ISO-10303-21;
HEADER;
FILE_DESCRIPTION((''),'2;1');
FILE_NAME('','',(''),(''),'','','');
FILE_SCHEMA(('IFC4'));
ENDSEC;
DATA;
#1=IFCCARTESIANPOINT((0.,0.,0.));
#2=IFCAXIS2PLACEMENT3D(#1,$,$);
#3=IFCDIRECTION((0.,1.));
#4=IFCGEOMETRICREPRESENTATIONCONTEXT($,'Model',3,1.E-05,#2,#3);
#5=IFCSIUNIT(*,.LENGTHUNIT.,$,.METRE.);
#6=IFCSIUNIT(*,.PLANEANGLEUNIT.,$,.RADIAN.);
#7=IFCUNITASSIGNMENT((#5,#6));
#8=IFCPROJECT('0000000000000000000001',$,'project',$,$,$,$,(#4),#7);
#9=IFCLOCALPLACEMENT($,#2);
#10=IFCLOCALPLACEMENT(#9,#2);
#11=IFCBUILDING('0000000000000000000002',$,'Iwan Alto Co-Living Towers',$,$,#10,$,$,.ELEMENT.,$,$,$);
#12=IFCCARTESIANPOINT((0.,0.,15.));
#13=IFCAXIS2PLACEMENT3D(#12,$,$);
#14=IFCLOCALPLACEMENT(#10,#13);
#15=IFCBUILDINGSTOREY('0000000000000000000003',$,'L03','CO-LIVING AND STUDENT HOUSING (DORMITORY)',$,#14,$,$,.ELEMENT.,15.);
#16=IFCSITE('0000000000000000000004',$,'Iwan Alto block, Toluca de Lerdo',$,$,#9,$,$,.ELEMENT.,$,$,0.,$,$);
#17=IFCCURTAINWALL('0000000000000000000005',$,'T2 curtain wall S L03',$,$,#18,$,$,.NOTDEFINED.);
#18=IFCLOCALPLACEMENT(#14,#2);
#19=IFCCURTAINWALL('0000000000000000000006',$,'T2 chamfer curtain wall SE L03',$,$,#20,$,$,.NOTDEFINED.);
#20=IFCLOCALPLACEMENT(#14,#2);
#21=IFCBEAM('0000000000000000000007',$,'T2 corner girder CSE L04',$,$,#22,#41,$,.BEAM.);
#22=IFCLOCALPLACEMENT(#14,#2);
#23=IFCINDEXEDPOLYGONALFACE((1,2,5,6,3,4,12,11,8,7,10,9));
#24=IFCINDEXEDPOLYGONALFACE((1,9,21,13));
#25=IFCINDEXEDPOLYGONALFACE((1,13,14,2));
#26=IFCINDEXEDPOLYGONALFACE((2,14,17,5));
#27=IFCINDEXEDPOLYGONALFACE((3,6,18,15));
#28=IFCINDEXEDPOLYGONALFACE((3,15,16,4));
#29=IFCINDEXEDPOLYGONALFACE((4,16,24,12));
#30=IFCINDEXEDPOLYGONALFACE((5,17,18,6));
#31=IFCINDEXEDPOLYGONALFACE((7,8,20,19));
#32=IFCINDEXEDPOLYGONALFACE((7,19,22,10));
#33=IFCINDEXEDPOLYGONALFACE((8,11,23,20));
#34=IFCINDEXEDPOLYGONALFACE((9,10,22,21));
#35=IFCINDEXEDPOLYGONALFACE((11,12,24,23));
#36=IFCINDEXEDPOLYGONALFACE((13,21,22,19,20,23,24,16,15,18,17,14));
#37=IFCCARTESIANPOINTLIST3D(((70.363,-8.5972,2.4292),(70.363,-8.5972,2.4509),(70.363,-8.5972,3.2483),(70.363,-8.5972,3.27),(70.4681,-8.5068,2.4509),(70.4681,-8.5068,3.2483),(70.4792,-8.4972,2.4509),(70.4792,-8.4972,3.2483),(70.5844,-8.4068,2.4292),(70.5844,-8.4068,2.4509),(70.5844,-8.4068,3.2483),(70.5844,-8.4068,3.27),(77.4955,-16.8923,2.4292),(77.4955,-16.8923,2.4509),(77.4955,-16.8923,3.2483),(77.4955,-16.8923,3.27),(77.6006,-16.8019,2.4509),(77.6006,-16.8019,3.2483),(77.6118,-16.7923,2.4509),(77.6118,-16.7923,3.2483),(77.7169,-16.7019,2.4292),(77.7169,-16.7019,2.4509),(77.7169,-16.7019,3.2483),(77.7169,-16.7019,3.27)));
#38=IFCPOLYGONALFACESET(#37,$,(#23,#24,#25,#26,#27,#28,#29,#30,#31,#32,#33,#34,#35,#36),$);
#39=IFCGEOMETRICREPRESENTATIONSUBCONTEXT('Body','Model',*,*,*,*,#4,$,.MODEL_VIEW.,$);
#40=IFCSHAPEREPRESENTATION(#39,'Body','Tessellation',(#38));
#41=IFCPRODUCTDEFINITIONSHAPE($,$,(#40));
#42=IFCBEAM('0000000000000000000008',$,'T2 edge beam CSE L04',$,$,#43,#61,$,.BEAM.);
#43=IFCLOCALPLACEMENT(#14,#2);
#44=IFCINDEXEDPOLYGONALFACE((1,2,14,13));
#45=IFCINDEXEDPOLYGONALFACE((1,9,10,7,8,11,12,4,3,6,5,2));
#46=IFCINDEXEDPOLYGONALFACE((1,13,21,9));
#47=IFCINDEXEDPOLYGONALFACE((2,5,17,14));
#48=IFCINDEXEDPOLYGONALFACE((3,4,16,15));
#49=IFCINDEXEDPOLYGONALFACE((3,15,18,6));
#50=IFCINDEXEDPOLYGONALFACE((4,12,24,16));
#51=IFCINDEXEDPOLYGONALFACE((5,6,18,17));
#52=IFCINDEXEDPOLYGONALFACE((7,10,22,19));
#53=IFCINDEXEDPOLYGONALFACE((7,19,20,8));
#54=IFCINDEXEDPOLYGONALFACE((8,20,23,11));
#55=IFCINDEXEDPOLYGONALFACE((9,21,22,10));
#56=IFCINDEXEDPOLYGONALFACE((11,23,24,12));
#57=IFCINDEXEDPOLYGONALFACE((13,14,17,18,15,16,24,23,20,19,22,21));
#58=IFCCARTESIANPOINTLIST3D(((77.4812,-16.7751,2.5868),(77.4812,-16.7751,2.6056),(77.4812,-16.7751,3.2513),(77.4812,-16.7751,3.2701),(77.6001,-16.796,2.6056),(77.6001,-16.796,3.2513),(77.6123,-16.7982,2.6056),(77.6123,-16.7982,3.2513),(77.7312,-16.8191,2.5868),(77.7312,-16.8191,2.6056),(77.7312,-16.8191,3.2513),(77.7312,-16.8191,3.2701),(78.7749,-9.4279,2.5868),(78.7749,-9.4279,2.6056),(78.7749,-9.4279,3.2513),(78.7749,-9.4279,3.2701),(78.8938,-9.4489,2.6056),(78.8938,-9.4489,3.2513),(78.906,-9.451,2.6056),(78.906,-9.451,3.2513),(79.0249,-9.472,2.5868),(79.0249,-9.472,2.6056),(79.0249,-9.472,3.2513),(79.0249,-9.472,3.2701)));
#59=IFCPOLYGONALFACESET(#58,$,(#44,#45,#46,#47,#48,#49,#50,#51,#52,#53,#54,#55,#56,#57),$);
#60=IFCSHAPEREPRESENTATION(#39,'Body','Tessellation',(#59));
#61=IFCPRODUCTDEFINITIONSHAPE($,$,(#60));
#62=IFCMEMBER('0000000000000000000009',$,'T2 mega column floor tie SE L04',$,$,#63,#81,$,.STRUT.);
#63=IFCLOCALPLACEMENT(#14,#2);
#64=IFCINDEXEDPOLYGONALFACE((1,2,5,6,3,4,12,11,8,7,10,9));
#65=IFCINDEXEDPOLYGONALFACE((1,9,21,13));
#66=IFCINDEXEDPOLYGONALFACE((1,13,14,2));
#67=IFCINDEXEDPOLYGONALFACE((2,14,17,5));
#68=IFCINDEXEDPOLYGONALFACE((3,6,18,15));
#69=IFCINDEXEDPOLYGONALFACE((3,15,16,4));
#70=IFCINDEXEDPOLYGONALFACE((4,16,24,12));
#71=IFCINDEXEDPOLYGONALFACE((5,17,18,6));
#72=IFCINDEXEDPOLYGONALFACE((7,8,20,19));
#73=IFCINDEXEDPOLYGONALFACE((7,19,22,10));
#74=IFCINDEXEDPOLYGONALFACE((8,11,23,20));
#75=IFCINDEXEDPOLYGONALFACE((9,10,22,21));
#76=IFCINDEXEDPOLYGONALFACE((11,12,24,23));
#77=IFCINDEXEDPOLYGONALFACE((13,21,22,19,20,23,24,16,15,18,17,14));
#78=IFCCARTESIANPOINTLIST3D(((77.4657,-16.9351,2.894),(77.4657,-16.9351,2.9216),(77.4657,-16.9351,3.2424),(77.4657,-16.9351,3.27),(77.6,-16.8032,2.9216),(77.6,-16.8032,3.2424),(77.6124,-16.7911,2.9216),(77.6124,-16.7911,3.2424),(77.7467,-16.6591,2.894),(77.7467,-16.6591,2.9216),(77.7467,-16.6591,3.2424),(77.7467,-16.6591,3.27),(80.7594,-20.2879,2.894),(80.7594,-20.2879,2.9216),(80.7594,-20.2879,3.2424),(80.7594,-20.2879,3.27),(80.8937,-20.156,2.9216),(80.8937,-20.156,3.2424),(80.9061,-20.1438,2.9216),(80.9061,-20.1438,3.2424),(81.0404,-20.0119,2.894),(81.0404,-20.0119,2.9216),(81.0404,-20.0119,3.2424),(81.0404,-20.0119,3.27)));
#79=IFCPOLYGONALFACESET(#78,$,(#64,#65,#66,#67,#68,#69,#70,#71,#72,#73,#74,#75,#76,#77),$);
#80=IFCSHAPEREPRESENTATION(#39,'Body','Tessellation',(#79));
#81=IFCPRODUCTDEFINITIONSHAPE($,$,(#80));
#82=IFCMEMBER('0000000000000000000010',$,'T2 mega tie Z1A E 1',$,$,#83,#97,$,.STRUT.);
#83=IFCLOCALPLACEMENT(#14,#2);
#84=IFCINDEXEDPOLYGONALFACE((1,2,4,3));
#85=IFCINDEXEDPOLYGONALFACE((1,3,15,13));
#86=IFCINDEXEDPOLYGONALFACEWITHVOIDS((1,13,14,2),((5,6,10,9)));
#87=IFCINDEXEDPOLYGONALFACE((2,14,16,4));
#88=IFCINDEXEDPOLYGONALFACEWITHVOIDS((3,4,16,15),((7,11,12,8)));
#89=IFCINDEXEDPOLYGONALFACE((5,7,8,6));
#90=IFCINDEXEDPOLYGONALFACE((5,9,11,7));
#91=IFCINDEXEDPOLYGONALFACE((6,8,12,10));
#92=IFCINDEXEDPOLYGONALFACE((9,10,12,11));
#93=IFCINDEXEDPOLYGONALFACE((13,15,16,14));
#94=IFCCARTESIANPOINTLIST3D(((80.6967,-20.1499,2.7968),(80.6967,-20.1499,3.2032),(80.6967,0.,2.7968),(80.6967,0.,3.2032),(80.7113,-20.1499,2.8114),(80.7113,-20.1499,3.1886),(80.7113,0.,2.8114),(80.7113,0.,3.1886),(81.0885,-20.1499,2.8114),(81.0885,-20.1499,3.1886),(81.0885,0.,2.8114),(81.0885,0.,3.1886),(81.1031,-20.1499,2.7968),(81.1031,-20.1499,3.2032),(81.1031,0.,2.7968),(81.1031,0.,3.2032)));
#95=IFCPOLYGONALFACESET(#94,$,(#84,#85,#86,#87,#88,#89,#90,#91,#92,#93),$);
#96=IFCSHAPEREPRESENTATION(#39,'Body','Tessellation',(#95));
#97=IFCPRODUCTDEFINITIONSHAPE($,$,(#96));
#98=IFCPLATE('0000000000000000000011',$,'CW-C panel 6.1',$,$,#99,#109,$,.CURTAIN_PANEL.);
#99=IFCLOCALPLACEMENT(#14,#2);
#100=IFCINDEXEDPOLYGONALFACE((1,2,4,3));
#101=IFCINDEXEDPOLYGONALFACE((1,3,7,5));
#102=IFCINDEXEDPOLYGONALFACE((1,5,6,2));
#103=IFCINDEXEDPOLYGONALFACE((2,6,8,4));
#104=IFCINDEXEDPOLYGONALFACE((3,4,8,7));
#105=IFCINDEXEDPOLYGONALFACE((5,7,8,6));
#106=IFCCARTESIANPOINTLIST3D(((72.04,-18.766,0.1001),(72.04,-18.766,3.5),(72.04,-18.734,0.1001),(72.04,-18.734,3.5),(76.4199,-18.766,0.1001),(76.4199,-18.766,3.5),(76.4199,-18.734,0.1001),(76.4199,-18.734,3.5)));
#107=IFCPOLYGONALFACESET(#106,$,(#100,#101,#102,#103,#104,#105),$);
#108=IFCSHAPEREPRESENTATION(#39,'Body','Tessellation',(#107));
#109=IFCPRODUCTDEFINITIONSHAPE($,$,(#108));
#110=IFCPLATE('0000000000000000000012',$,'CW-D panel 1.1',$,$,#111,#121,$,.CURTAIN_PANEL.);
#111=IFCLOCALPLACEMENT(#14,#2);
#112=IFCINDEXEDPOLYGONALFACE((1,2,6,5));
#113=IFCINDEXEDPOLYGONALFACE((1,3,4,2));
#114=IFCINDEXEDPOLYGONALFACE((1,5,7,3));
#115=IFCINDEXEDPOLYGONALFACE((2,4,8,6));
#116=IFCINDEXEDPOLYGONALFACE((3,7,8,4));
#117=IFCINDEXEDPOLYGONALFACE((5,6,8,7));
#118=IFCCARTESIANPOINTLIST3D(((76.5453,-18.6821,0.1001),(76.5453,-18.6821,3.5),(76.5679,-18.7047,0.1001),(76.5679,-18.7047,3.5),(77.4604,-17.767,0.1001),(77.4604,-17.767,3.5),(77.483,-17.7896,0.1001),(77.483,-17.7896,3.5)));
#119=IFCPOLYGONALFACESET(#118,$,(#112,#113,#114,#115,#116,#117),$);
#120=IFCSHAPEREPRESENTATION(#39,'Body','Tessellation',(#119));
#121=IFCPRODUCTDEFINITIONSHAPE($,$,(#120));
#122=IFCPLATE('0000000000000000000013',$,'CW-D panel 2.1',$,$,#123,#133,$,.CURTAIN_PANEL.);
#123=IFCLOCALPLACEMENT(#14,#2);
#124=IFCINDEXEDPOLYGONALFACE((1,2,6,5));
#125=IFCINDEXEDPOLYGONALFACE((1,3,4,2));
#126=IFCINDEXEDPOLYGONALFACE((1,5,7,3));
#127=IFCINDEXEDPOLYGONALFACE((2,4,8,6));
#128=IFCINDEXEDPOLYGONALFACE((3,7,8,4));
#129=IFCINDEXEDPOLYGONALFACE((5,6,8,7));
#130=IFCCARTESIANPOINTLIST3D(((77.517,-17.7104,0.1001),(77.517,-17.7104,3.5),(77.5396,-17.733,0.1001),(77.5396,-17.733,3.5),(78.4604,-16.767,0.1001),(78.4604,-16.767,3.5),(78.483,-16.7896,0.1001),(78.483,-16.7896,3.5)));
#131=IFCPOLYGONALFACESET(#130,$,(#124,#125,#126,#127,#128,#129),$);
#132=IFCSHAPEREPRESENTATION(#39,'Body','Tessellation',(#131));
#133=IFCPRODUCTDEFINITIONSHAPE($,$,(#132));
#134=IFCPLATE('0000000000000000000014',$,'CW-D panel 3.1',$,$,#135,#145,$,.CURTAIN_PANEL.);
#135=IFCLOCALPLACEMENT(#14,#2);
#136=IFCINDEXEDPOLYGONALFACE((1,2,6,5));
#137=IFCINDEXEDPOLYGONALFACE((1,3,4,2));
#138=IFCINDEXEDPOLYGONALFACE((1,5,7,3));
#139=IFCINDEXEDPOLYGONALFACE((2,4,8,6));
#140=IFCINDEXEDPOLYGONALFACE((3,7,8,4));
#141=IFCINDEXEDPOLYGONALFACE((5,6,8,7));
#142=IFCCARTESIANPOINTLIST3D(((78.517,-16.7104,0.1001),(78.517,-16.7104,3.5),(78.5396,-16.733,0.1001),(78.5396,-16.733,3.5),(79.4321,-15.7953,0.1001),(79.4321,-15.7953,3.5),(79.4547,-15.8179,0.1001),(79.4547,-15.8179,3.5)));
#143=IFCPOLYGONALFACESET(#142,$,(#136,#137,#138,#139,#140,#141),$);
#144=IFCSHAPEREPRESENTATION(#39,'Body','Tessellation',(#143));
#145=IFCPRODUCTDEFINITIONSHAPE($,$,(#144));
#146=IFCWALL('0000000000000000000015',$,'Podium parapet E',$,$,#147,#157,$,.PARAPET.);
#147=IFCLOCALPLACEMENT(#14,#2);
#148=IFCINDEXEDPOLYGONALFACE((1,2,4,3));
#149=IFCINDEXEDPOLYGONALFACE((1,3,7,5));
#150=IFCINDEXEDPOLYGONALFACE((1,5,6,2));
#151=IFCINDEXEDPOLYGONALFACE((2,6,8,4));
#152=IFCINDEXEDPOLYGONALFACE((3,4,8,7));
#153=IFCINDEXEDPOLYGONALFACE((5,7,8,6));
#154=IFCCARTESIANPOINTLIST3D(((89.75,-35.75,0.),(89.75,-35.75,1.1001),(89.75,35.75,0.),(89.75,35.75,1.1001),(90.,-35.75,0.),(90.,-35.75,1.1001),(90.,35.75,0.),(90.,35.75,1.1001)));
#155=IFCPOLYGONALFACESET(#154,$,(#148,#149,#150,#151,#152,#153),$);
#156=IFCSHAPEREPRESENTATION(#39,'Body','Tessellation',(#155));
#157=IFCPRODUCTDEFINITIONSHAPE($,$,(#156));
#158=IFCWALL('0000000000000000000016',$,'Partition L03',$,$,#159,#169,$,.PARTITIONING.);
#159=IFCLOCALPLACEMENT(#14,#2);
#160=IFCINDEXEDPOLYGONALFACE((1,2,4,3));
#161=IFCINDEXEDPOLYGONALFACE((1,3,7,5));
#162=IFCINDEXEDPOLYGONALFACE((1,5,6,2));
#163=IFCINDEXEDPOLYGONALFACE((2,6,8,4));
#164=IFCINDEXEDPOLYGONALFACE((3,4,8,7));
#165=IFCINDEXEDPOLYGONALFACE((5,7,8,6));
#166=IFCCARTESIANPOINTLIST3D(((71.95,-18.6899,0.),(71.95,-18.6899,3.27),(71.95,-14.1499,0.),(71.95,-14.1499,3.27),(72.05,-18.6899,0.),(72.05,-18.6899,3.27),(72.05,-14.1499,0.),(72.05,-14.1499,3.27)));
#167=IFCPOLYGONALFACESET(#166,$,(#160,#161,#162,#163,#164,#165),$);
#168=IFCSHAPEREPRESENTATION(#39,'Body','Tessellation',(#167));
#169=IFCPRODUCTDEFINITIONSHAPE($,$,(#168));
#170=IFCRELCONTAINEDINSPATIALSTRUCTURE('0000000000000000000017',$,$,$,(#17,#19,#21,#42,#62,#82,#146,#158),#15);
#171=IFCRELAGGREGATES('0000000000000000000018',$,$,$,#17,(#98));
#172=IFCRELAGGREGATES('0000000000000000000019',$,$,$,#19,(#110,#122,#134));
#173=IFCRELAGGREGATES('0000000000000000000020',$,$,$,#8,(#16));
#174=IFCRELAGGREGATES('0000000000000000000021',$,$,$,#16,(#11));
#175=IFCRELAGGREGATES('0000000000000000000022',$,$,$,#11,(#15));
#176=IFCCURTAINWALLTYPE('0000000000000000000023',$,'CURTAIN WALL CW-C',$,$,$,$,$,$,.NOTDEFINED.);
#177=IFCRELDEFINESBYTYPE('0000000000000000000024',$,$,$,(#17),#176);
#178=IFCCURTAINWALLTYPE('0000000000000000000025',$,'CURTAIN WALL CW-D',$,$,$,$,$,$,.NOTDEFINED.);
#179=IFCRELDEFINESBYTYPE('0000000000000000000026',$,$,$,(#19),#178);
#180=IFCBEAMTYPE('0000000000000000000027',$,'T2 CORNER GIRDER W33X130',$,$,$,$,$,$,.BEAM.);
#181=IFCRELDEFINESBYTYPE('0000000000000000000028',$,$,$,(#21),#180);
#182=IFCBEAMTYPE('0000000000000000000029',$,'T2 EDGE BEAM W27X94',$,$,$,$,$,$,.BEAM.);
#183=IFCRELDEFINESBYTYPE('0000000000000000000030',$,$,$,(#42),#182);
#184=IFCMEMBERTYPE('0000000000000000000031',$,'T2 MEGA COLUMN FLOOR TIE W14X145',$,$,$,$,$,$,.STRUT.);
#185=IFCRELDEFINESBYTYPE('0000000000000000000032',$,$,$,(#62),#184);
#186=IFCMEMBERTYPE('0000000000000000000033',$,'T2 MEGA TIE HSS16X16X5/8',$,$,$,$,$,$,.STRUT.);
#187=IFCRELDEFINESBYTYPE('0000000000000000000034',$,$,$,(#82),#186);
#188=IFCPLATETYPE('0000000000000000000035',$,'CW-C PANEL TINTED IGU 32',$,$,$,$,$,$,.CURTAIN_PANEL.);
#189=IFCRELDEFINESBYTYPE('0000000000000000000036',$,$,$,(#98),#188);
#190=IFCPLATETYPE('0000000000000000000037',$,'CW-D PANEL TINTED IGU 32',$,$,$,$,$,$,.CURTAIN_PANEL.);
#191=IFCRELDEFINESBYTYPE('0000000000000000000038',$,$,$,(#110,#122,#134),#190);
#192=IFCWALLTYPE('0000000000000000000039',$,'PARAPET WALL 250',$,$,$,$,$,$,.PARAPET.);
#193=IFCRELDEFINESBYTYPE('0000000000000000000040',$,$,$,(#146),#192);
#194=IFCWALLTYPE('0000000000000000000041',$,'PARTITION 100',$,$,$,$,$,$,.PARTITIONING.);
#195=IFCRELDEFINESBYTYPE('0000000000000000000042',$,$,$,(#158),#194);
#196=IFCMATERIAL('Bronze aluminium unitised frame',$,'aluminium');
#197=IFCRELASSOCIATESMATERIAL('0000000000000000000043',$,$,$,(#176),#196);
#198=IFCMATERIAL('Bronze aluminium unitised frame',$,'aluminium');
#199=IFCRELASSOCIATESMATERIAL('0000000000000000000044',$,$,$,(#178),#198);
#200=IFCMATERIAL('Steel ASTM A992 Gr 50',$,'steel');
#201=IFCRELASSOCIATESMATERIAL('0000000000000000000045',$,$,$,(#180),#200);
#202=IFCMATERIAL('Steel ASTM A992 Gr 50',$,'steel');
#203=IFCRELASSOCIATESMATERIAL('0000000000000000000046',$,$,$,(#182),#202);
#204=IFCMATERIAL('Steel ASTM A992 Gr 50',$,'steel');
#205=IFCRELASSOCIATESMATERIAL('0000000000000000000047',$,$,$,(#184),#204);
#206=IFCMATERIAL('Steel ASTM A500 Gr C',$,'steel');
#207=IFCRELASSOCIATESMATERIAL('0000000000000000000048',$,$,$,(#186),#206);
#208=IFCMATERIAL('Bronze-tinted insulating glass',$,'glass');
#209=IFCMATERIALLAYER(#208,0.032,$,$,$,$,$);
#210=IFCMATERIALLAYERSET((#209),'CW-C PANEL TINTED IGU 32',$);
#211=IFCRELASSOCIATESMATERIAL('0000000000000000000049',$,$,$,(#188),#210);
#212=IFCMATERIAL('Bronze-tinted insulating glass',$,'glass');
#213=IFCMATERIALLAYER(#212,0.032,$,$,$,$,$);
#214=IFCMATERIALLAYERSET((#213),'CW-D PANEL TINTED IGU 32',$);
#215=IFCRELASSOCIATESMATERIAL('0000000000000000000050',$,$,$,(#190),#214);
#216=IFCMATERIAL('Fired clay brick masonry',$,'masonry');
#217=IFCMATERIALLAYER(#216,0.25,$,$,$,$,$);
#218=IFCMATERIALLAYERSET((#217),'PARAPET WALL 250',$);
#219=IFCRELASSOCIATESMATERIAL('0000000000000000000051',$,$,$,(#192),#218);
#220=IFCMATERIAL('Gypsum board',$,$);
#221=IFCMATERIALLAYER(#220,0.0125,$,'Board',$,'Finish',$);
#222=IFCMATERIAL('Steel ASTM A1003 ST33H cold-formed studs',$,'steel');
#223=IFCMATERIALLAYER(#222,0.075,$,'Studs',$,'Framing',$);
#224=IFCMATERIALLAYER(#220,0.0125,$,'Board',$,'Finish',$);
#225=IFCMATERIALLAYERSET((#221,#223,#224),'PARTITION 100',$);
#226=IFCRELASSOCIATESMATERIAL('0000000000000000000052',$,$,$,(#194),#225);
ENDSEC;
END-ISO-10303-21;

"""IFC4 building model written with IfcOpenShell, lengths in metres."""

from ifc_helpers import new_model, si_unit, direction, frame, frame_2d, origin, origin_2d, place, context, subcontext, project, spatial, rectangle, hollow_rectangle, i_section, extrude, material, layer, layer_set, material_profile, profile_set, type_object, element, aggregate, save


model = new_model("IFC4")

# Units and contexts
model_context = context("Model", 3, precision=1e-05, world=origin(), true_north=direction((0.0, 1.0)))
body_context = subcontext(model_context, "Body", "Model", "MODEL_VIEW")
ifc_project = project(units=[si_unit("LENGTHUNIT", "METRE"), si_unit("PLANEANGLEUNIT", "RADIAN")], contexts=[model_context])

# Site, building, storey
site_placement = place(None, origin())
site = spatial("IfcSite", under=ifc_project, at=site_placement, Name="Iwan Alto block, Toluca de Lerdo", CompositionType="ELEMENT", RefElevation=0.0)
building_placement = place(site_placement, origin())
building = spatial("IfcBuilding", under=site, at=building_placement, Name="Iwan Alto Co-Living Towers", CompositionType="ELEMENT")
storey_placement = place(building_placement, frame((0.0, 0.0, 15.0)))
storey = spatial("IfcBuildingStorey", under=building, at=storey_placement, Name="L03", Description="CO-LIVING AND STUDENT HOUSING (DORMITORY)", CompositionType="ELEMENT", Elevation=15.0)

# Curtain walls
ifc_material_1 = material(Name="Bronze aluminium unitised frame", Category="aluminium")
curtain_wall_type_1 = type_object("IfcCurtainWallType", Name="CURTAIN WALL CW-C", PredefinedType="NOTDEFINED", material=ifc_material_1)
curtain_wall_1_placement = place(storey_placement, origin())
curtain_wall_1 = element("IfcCurtainWall", 1, at=curtain_wall_1_placement, inside=storey, type_object=curtain_wall_type_1, Name="T2 curtain wall S L03", PredefinedType="NOTDEFINED")
ifc_material_2 = material(Name="Bronze aluminium unitised frame", Category="aluminium")
curtain_wall_type_2 = type_object("IfcCurtainWallType", Name="CURTAIN WALL CW-D", PredefinedType="NOTDEFINED", material=ifc_material_2)
curtain_wall_2_placement = place(storey_placement, origin())
curtain_wall_2 = element("IfcCurtainWall", 2, at=curtain_wall_2_placement, inside=storey, type_object=curtain_wall_type_2, Name="T2 chamfer curtain wall SE L03", PredefinedType="NOTDEFINED")

# Beams
ifc_material_3 = material(Name="Steel ASTM A992 Gr 50", Category="steel")
ifc_material_profile_1 = material_profile(ifc_material_3, i_section(OverallWidth=0.292, OverallDepth=0.8408, WebThickness=0.0146, FlangeThickness=0.0217, at=origin_2d()), Name="W33X130")
ifc_profile_set_1 = profile_set([ifc_material_profile_1], Name="Steel ASTM A992 Gr 50")
beam_type_1 = type_object("IfcBeamType", Name="T2 CORNER GIRDER W33X130", PredefinedType="BEAM", material=ifc_profile_set_1)
beam_1_placement = place(storey_placement, frame((77.6062, -16.7971, 2.8496), z_axis=(-0.651972, 0.758243, 0.0), x_axis=(-0.758243, -0.651972, 0.0)))
element("IfcBeam", 3, at=beam_1_placement, inside=storey, type_object=beam_type_1, Name="T2 corner girder CSE L04", PredefinedType="BEAM", context=body_context, shape_type="SweptSolid", body=[
    extrude(i_section(OverallWidth=0.292, OverallDepth=0.8408, WebThickness=0.0146, FlangeThickness=0.0217, at=origin_2d()), origin(), (0.0, 0.0, 1.0), 10.9399),
])
ifc_material_4 = material(Name="Steel ASTM A992 Gr 50", Category="steel")
ifc_material_profile_2 = material_profile(ifc_material_4, i_section(OverallWidth=0.2539, OverallDepth=0.6833, WebThickness=0.0125, FlangeThickness=0.0188, at=origin_2d()), Name="W27X94")
ifc_profile_set_2 = profile_set([ifc_material_profile_2], Name="Steel ASTM A992 Gr 50")
beam_type_2 = type_object("IfcBeamType", Name="T2 EDGE BEAM W27X94", PredefinedType="BEAM", material=ifc_profile_set_2)
beam_2_placement = place(storey_placement, frame((77.6062, -16.7971, 2.9285), z_axis=(0.173414, 0.984849, 0.0), x_axis=(-0.984849, 0.173414, 0.0)))
element("IfcBeam", 4, at=beam_2_placement, inside=storey, type_object=beam_type_2, Name="T2 edge beam CSE L04", PredefinedType="BEAM", context=body_context, shape_type="SweptSolid", body=[
    extrude(i_section(OverallWidth=0.2539, OverallDepth=0.6833, WebThickness=0.0125, FlangeThickness=0.0188, at=origin_2d()), origin(), (0.0, 0.0, 1.0), 7.4602),
])

# Members
ifc_material_5 = material(Name="Steel ASTM A992 Gr 50", Category="steel")
ifc_material_profile_3 = material_profile(ifc_material_5, i_section(OverallWidth=0.3938, OverallDepth=0.376, WebThickness=0.0173, FlangeThickness=0.0276, at=origin_2d()), Name="W14X145")
ifc_profile_set_3 = profile_set([ifc_material_profile_3], Name="Steel ASTM A992 Gr 50")
member_type_1 = type_object("IfcMemberType", Name="T2 MEGA COLUMN FLOOR TIE W14X145", PredefinedType="STRUT", material=ifc_profile_set_3)
member_1_placement = place(storey_placement, frame((80.8999, -20.1499, 3.082), z_axis=(-0.700793, 0.713364, 0.0), x_axis=(-0.713364, -0.700793, 0.0)))
element("IfcMember", 5, at=member_1_placement, inside=storey, type_object=member_type_1, Name="T2 mega column floor tie SE L04", PredefinedType="STRUT", context=body_context, shape_type="SweptSolid", body=[
    extrude(i_section(OverallWidth=0.3938, OverallDepth=0.376, WebThickness=0.0173, FlangeThickness=0.0276, at=origin_2d()), origin(), (0.0, 0.0, 1.0), 4.7),
])
ifc_material_6 = material(Name="Steel ASTM A500 Gr C", Category="steel")
ifc_material_profile_4 = material_profile(ifc_material_6, hollow_rectangle(XDim=0.4065, YDim=0.4065, WallThickness=0.0146, at=origin_2d()), Name="HSS16X16X5/8")
ifc_profile_set_4 = profile_set([ifc_material_profile_4], Name="Steel ASTM A500 Gr C")
member_type_2 = type_object("IfcMemberType", Name="T2 MEGA TIE HSS16X16X5/8", PredefinedType="STRUT", material=ifc_profile_set_4)
member_2_placement = place(storey_placement, frame((80.8999, -20.1499, 3.0), z_axis=(0.0, 1.0, 0.0), x_axis=(-1.0, 0.0, 0.0)))
element("IfcMember", 6, at=member_2_placement, inside=storey, type_object=member_type_2, Name="T2 mega tie Z1A E 1", PredefinedType="STRUT", context=body_context, shape_type="SweptSolid", body=[
    extrude(hollow_rectangle(XDim=0.4065, YDim=0.4065, WallThickness=0.0146, at=origin_2d()), origin(), (0.0, 0.0, 1.0), 20.1499),
])

# Plates
ifc_material_7 = material(Name="Bronze-tinted insulating glass", Category="glass")
ifc_layer_1 = layer(ifc_material_7, 0.032)
ifc_layer_set_1 = layer_set([ifc_layer_1], Name="CW-C PANEL TINTED IGU 32")
plate_type_1 = type_object("IfcPlateType", Name="CW-C PANEL TINTED IGU 32", PredefinedType="CURTAIN_PANEL", material=ifc_layer_set_1)
plate_1_placement = place(storey_placement, frame((74.23, -18.75, 0.1001), z_axis=(0.0, 0.0, 1.0), x_axis=(1.0, 0.0, 0.0)))
plate_1 = element("IfcPlate", 7, at=plate_1_placement, type_object=plate_type_1, Name="CW-C panel 6.1", PredefinedType="CURTAIN_PANEL", context=body_context, shape_type="SweptSolid", body=[
    extrude(rectangle(XDim=4.3799, YDim=0.032, at=origin_2d()), origin(), (0.0, 0.0, 1.0), 3.3999),
])
aggregate(curtain_wall_1, [plate_1])
ifc_material_8 = material(Name="Bronze-tinted insulating glass", Category="glass")
ifc_layer_2 = layer(ifc_material_8, 0.032)
ifc_layer_set_2 = layer_set([ifc_layer_2], Name="CW-D PANEL TINTED IGU 32")
plate_type_2 = type_object("IfcPlateType", Name="CW-D PANEL TINTED IGU 32", PredefinedType="CURTAIN_PANEL", material=ifc_layer_set_2)
plate_2_placement = place(storey_placement, frame((77.0142, -18.2358, 0.1001), z_axis=(0.0, 0.0, 1.0), x_axis=(0.707107, 0.707107, 0.0)))
plate_2 = element("IfcPlate", 8, at=plate_2_placement, type_object=plate_type_2, Name="CW-D panel 1.1", PredefinedType="CURTAIN_PANEL", context=body_context, shape_type="SweptSolid", body=[
    extrude(rectangle(XDim=1.2942, YDim=0.032, at=origin_2d()), origin(), (0.0, 0.0, 1.0), 3.3999),
])
plate_3_placement = place(storey_placement, frame((78.0, -17.25, 0.1001), z_axis=(0.0, 0.0, 1.0), x_axis=(0.707107, 0.707107, 0.0)))
plate_3 = element("IfcPlate", 9, at=plate_3_placement, type_object=plate_type_2, Name="CW-D panel 2.1", PredefinedType="CURTAIN_PANEL", context=body_context, shape_type="SweptSolid", body=[
    extrude(rectangle(XDim=1.3342, YDim=0.032, at=origin_2d()), origin(), (0.0, 0.0, 1.0), 3.3999),
])
plate_4_placement = place(storey_placement, frame((78.9858, -16.2642, 0.1001), z_axis=(0.0, 0.0, 1.0), x_axis=(0.707107, 0.707107, 0.0)))
plate_4 = element("IfcPlate", 10, at=plate_4_placement, type_object=plate_type_2, Name="CW-D panel 3.1", PredefinedType="CURTAIN_PANEL", context=body_context, shape_type="SweptSolid", body=[
    extrude(rectangle(XDim=1.2942, YDim=0.032, at=origin_2d()), origin(), (0.0, 0.0, 1.0), 3.3999),
])
aggregate(curtain_wall_2, [plate_2, plate_3, plate_4])

# Walls
ifc_material_9 = material(Name="Fired clay brick masonry", Category="masonry")
ifc_layer_3 = layer(ifc_material_9, 0.25)
ifc_layer_set_3 = layer_set([ifc_layer_3], Name="PARAPET WALL 250")
wall_type_1 = type_object("IfcWallType", Name="PARAPET WALL 250", PredefinedType="PARAPET", material=ifc_layer_set_3)
wall_1_placement = place(storey_placement, frame((89.875, -35.75, 0.0), z_axis=(0.0, 0.0, 1.0), x_axis=(0.0, 1.0, 0.0)))
element("IfcWall", 11, at=wall_1_placement, inside=storey, type_object=wall_type_1, Name="Podium parapet E", PredefinedType="PARAPET", context=body_context, shape_type="SweptSolid", body=[
    extrude(rectangle(XDim=71.5, YDim=0.25, at=frame_2d((35.75, 0.0))), origin(), (0.0, 0.0, 1.0), 1.1001),
])
ifc_material_10 = material(Name="Gypsum board")
ifc_layer_4 = layer(ifc_material_10, 0.0125, Name="Board", Category="Finish")
ifc_material_11 = material(Name="Steel ASTM A1003 ST33H cold-formed studs", Category="steel")
ifc_layer_5 = layer(ifc_material_11, 0.075, Name="Studs", Category="Framing")
ifc_layer_6 = layer(ifc_material_10, 0.0125, Name="Board", Category="Finish")
ifc_layer_set_4 = layer_set([ifc_layer_4, ifc_layer_5, ifc_layer_6], Name="PARTITION 100")
wall_type_2 = type_object("IfcWallType", Name="PARTITION 100", PredefinedType="PARTITIONING", material=ifc_layer_set_4)
wall_2_placement = place(storey_placement, frame((72.0, -18.6899, 0.0), z_axis=(0.0, 0.0, 1.0), x_axis=(0.0, 1.0, 0.0)))
element("IfcWall", 12, at=wall_2_placement, inside=storey, type_object=wall_type_2, Name="Partition L03", PredefinedType="PARTITIONING", context=body_context, shape_type="SweptSolid", body=[
    extrude(rectangle(XDim=4.54, YDim=0.1001, at=frame_2d((2.27, 0.0))), origin(), (0.0, 0.0, 1.0), 3.27),
])

save(model, "model.ifc")
